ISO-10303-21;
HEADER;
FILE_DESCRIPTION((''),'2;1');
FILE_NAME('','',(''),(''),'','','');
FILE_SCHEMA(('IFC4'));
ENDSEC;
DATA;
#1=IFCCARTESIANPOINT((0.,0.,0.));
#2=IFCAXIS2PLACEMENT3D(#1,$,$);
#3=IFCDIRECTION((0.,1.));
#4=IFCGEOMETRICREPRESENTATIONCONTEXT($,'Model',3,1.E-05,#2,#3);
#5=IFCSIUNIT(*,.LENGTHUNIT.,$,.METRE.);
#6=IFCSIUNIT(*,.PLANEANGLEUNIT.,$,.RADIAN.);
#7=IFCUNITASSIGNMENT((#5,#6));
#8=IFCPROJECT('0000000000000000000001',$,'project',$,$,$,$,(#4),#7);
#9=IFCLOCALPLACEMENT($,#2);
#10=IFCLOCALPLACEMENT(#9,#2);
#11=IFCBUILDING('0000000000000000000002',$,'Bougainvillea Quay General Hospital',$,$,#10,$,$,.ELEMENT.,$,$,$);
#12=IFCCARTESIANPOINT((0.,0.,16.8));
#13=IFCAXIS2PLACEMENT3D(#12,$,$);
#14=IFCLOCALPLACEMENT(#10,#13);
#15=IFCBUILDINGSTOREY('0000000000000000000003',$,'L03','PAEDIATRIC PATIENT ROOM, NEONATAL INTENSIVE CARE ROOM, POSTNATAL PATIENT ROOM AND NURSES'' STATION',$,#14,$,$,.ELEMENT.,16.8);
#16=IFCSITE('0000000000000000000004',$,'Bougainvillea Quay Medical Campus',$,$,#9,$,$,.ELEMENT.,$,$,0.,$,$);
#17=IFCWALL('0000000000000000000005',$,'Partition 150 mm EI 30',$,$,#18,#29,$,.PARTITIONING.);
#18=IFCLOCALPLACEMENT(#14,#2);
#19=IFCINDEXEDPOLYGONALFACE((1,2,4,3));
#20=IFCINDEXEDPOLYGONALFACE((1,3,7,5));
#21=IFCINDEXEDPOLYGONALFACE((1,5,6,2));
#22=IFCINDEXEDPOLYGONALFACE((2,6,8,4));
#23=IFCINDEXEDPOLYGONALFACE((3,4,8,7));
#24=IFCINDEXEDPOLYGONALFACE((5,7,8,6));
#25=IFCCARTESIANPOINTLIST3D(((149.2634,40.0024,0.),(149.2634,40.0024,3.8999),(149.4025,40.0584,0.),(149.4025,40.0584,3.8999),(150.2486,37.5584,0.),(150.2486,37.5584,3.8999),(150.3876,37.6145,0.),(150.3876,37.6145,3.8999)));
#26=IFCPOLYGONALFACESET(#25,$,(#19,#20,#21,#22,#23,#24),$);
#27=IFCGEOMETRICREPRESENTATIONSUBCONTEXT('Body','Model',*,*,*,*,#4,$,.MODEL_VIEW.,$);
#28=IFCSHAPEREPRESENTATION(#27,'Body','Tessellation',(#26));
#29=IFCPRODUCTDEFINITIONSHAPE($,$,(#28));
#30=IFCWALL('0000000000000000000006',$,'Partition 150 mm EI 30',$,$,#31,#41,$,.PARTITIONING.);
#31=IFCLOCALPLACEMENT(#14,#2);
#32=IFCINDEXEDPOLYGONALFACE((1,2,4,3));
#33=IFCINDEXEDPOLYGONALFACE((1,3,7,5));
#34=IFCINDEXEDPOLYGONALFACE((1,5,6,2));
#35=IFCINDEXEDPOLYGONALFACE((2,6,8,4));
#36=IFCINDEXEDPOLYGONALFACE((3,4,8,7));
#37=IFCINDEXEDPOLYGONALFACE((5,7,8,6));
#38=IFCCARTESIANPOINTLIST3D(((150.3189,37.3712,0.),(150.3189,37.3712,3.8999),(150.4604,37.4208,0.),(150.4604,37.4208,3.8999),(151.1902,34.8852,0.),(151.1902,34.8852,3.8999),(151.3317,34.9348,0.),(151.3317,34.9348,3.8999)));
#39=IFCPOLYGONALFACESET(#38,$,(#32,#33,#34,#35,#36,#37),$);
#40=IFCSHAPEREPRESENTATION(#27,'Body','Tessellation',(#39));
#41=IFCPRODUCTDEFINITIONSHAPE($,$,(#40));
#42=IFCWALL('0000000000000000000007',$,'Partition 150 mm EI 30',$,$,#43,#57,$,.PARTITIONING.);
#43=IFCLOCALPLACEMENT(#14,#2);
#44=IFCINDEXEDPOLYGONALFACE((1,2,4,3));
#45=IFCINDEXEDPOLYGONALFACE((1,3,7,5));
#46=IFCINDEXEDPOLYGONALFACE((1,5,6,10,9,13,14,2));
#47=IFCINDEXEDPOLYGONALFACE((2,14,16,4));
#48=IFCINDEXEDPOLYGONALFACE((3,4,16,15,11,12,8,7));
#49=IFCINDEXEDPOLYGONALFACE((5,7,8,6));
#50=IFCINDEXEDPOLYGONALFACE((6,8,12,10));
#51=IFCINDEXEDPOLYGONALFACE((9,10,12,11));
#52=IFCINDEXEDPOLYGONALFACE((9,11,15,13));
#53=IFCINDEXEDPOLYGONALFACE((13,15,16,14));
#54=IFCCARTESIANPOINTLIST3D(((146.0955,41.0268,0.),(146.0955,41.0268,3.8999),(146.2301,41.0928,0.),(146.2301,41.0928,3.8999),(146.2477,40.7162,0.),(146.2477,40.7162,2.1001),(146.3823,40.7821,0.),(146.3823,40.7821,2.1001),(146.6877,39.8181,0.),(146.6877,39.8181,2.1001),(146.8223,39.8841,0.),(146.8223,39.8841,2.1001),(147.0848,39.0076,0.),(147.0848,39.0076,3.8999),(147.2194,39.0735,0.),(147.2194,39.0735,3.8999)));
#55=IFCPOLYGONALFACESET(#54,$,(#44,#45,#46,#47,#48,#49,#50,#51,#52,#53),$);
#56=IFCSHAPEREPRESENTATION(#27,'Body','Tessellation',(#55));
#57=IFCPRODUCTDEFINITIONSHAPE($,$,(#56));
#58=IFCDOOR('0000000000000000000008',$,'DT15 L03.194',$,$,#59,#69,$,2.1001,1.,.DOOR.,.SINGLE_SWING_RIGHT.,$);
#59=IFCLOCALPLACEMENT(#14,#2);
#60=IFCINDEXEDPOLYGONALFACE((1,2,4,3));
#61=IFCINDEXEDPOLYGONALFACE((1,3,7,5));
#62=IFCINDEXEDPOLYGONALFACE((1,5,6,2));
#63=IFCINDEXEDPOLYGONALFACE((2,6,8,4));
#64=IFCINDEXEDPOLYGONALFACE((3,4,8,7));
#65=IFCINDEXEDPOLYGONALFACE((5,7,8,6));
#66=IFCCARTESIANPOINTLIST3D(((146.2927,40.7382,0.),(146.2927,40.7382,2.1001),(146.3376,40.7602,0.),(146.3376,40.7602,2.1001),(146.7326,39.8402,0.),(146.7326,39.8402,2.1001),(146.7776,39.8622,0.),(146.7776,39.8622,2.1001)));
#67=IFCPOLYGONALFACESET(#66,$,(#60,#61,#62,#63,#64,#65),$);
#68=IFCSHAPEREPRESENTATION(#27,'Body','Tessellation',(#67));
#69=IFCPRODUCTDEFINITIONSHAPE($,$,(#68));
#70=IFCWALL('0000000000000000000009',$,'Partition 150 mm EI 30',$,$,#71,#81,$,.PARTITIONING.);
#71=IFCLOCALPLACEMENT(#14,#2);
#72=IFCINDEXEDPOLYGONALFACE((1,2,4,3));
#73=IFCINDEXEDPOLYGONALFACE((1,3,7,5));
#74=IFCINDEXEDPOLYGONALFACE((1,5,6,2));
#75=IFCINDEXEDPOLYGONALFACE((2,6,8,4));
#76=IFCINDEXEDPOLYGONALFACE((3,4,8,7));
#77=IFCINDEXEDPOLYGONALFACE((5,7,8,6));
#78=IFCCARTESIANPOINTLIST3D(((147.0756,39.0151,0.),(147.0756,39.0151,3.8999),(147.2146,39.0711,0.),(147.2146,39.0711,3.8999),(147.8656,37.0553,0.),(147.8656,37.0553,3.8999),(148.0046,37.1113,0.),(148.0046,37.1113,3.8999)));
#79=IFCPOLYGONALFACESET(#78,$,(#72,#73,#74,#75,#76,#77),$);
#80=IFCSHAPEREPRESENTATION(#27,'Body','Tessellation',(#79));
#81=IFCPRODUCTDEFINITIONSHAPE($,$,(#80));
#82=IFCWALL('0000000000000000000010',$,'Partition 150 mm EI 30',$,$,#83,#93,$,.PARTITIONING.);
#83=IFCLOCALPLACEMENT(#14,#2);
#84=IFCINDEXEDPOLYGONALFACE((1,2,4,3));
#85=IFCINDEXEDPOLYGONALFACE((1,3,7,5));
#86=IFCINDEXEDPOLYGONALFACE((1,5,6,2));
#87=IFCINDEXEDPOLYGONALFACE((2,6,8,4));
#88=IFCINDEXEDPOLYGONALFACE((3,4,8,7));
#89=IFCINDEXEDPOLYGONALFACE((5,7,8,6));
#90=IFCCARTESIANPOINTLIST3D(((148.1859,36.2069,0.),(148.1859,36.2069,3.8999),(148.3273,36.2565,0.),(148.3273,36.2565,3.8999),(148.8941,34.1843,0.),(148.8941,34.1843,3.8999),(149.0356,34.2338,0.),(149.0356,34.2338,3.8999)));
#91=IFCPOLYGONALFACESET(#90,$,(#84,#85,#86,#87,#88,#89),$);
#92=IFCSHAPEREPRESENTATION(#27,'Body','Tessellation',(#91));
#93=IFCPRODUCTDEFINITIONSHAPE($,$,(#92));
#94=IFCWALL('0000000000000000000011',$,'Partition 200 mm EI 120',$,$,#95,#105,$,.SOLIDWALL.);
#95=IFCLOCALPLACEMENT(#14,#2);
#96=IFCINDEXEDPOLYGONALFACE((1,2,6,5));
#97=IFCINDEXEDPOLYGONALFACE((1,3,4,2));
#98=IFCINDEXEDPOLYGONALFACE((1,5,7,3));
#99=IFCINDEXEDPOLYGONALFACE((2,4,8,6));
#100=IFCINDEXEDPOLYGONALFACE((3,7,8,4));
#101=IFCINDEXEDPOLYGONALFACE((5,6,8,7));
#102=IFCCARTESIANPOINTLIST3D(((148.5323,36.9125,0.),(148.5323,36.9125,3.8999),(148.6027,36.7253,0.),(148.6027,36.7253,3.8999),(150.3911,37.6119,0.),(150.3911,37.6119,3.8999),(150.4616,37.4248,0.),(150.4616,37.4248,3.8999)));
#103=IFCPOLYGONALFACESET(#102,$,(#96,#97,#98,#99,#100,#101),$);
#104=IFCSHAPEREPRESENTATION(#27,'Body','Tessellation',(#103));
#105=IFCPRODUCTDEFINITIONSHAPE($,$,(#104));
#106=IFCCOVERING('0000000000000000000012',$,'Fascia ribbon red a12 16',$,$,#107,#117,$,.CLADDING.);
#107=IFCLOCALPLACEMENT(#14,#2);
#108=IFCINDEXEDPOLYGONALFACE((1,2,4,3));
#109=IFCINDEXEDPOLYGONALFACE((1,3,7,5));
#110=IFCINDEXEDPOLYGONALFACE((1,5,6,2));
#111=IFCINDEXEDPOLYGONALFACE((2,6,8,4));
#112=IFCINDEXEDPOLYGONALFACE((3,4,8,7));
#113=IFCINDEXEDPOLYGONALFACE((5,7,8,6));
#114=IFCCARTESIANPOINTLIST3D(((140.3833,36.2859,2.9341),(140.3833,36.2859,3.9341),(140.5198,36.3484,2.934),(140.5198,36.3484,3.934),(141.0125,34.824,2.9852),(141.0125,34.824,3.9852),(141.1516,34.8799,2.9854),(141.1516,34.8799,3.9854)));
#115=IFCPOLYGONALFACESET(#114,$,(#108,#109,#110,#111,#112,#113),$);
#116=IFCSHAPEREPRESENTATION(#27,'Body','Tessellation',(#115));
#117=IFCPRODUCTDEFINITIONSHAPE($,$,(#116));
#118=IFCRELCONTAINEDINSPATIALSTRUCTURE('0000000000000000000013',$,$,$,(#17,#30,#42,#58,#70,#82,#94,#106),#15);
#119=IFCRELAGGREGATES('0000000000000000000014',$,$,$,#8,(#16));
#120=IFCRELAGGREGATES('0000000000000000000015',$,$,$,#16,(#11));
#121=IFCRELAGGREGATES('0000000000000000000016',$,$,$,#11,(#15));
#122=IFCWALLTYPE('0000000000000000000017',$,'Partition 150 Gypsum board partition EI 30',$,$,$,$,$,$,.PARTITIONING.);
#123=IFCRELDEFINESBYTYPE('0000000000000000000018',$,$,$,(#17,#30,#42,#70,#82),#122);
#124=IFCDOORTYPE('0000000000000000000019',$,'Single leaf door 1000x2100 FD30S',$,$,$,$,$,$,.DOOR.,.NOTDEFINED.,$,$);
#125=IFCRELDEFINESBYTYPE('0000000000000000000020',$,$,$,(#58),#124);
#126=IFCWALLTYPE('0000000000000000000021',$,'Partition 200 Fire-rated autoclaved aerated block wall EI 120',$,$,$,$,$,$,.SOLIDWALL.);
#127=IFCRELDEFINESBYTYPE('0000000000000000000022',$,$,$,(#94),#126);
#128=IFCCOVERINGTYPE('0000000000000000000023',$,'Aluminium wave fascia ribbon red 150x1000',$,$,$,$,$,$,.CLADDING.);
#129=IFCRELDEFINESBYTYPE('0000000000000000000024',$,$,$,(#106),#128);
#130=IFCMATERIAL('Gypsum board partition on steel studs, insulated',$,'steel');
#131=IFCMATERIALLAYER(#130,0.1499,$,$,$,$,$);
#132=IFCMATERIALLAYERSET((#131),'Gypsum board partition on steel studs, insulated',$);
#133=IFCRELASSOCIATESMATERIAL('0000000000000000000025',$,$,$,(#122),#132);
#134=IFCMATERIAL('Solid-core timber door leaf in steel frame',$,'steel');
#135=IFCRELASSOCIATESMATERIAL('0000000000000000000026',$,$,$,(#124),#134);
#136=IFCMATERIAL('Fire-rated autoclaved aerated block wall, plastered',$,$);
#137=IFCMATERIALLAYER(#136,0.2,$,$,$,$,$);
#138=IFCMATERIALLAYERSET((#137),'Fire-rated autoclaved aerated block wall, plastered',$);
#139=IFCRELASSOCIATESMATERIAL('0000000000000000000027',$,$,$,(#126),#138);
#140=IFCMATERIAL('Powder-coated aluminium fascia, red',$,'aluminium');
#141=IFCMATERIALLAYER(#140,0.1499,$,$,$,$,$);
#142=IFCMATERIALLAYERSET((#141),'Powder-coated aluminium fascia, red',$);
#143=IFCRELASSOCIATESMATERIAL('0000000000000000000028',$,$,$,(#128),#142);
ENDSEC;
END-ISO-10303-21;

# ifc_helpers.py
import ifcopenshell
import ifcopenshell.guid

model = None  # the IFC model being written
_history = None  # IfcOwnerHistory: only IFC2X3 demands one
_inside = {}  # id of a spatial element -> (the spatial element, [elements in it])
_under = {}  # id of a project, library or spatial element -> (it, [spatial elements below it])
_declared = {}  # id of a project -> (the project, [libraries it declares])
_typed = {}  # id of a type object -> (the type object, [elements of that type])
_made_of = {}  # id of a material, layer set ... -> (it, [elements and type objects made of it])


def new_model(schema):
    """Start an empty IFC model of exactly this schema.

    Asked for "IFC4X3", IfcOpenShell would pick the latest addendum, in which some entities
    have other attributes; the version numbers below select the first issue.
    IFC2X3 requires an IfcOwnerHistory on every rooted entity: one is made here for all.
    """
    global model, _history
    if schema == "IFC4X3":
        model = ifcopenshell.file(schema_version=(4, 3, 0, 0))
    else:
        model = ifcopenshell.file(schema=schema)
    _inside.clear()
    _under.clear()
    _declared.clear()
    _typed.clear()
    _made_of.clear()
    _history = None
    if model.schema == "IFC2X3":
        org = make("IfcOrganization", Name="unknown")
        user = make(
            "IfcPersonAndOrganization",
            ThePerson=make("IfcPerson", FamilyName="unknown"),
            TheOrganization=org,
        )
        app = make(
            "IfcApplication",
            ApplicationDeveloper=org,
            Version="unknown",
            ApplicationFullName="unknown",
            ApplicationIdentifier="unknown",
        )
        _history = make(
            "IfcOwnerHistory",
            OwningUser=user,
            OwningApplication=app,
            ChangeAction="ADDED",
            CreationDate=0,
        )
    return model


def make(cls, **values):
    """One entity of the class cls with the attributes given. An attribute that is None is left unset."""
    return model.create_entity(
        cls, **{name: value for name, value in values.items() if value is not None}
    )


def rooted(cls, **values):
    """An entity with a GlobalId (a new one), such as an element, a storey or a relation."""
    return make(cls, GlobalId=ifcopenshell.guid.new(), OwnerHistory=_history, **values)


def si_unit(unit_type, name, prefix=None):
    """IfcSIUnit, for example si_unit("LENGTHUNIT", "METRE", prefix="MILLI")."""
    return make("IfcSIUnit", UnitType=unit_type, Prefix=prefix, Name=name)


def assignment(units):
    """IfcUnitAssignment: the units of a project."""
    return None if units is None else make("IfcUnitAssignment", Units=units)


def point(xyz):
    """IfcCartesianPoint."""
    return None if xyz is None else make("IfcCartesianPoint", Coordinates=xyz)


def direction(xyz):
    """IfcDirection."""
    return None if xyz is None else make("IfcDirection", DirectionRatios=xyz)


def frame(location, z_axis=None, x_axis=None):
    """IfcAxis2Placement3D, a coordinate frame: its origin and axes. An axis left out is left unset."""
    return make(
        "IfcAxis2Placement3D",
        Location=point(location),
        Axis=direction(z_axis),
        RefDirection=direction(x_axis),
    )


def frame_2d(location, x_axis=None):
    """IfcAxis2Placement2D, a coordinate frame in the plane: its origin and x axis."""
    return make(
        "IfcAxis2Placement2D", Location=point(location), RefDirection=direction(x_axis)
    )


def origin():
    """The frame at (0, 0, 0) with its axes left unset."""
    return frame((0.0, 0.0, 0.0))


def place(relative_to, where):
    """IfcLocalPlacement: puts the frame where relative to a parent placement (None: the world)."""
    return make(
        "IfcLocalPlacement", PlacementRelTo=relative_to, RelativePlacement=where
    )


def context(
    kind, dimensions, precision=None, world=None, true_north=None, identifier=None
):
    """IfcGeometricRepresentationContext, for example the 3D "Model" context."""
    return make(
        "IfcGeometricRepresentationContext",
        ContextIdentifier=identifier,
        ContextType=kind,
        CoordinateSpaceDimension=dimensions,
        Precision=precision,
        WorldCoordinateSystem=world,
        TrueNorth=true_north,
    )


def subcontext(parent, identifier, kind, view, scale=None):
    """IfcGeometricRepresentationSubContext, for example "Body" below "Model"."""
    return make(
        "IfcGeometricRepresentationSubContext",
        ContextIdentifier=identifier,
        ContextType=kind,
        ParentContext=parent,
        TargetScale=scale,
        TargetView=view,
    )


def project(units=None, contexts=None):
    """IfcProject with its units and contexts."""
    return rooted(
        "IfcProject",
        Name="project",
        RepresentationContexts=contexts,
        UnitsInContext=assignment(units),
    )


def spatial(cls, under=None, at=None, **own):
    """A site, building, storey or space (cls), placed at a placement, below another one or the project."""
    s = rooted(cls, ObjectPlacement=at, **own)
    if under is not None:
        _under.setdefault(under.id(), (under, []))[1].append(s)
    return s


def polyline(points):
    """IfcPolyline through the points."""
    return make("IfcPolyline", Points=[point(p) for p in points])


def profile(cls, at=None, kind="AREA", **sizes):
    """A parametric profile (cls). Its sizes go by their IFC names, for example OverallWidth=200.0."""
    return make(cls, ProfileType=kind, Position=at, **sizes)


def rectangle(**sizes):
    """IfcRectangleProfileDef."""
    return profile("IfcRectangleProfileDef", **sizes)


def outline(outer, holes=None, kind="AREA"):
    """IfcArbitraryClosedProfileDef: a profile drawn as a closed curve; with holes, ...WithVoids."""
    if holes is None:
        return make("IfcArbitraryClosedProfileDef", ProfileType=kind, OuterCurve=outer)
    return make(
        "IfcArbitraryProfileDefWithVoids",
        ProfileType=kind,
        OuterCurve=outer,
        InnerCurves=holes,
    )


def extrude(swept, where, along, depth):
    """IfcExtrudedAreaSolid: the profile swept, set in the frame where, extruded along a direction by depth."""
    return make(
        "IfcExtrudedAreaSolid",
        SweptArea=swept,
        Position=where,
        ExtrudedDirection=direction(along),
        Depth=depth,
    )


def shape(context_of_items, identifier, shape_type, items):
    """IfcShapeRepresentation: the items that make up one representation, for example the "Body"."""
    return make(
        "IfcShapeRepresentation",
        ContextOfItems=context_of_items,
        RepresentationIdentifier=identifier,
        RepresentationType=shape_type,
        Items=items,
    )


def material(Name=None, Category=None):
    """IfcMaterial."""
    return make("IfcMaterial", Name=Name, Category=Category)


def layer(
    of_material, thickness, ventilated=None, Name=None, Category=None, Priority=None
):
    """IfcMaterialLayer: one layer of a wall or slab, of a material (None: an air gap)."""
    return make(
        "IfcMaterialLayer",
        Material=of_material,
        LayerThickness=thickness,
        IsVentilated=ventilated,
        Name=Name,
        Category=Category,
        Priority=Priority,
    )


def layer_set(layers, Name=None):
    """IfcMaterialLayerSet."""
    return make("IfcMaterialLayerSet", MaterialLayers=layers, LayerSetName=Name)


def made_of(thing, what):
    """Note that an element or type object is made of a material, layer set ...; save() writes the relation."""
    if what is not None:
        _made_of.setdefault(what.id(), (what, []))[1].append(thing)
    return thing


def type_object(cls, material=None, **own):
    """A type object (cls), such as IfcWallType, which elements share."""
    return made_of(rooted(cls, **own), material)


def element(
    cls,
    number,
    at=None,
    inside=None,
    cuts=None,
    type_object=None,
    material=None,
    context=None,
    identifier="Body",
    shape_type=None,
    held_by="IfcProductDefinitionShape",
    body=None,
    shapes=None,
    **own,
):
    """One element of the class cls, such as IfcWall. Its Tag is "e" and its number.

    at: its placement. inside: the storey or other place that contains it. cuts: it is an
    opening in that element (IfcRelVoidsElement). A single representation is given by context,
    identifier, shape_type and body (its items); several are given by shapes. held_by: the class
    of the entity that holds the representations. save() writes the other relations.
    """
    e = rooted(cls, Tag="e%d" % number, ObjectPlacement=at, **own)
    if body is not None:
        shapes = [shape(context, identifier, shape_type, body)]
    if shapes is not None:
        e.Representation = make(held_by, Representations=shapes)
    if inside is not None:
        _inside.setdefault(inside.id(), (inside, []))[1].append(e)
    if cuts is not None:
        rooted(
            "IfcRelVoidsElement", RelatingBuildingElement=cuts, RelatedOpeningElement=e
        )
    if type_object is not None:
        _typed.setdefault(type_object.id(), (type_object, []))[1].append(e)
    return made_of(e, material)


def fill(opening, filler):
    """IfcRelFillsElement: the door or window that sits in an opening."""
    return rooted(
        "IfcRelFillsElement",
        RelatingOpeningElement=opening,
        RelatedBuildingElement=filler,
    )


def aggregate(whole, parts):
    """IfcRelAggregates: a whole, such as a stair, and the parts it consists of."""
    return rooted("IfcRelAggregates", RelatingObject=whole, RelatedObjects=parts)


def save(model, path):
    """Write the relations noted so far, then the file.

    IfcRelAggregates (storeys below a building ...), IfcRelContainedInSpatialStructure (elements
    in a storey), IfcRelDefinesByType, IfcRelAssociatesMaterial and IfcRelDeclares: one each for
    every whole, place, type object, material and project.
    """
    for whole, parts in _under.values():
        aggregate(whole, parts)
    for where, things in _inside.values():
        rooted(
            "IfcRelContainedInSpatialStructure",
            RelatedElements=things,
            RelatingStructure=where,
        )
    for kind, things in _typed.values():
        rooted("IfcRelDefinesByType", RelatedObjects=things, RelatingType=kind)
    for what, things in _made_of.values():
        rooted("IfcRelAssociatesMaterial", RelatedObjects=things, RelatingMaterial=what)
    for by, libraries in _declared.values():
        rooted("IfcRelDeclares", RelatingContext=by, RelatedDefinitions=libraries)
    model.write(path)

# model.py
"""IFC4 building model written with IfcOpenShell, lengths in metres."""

from ifc_helpers import new_model, si_unit, direction, frame, frame_2d, origin, place, context, subcontext, project, spatial, polyline, rectangle, outline, extrude, material, layer, layer_set, type_object, element, fill, save


model = new_model("IFC4")

# Units and contexts
model_context = context("Model", 3, precision=1e-05, world=origin(), true_north=direction((0.0, 1.0)))
body_context = subcontext(model_context, "Body", "Model", "MODEL_VIEW")
ifc_project = project(units=[si_unit("LENGTHUNIT", "METRE"), si_unit("PLANEANGLEUNIT", "RADIAN")], contexts=[model_context])

# Site, building, storey
site_placement = place(None, origin())
site = spatial("IfcSite", under=ifc_project, at=site_placement, Name="Bougainvillea Quay Medical Campus", CompositionType="ELEMENT", RefElevation=0.0)
building_placement = place(site_placement, origin())
building = spatial("IfcBuilding", under=site, at=building_placement, Name="Bougainvillea Quay General Hospital", CompositionType="ELEMENT")
storey_placement = place(building_placement, frame((0.0, 0.0, 16.8)))
storey = spatial("IfcBuildingStorey", under=building, at=storey_placement, Name="L03", Description="PAEDIATRIC PATIENT ROOM, NEONATAL INTENSIVE CARE ROOM, POSTNATAL PATIENT ROOM AND NURSES' STATION", CompositionType="ELEMENT", Elevation=16.8)

# Walls
ifc_material_1 = material(Name="Gypsum board partition on steel studs, insulated", Category="steel")
ifc_layer_1 = layer(ifc_material_1, 0.1499)
ifc_layer_set_1 = layer_set([ifc_layer_1], Name="Gypsum board partition on steel studs, insulated")
wall_type_1 = type_object("IfcWallType", Name="Partition 150 Gypsum board partition EI 30", PredefinedType="PARTITIONING", material=ifc_layer_set_1)
wall_1_placement = place(storey_placement, frame((149.333, 40.0303, 0.0), z_axis=(0.0, 0.0, 1.0), x_axis=(0.373865, -0.927483, 0.0)))
element("IfcWall", 1, at=wall_1_placement, inside=storey, type_object=wall_type_1, Name="Partition 150 mm EI 30", PredefinedType="PARTITIONING", context=body_context, shape_type="SweptSolid", body=[
    extrude(rectangle(XDim=2.635, YDim=0.1499, at=frame_2d((1.3174, 0.0))), origin(), (0.0, 0.0, 1.0), 3.8999),
])
wall_2_placement = place(storey_placement, frame((150.3896, 37.396, 0.0), z_axis=(0.0, 0.0, 1.0), x_axis=(0.330759, -0.943715, 0.0)))
element("IfcWall", 2, at=wall_2_placement, inside=storey, type_object=wall_type_1, Name="Partition 150 mm EI 30", PredefinedType="PARTITIONING", context=body_context, shape_type="SweptSolid", body=[
    extrude(rectangle(XDim=2.6343, YDim=0.1499, at=frame_2d((1.3171, 0.0))), origin(), (0.0, 0.0, 1.0), 3.8999),
])

# Wall, opening, door
wall_3_placement = place(storey_placement, frame((146.1628, 41.0598, 0.0), z_axis=(0.0, 0.0, 1.0), x_axis=(0.439946, -0.898024, 0.0)))
wall_3 = element("IfcWall", 3, at=wall_3_placement, inside=storey, type_object=wall_type_1, Name="Partition 150 mm EI 30", PredefinedType="PARTITIONING", context=body_context, shape_type="SweptSolid", body=[
    extrude(rectangle(XDim=2.2485, YDim=0.1499, at=frame_2d((1.1243, 0.0))), origin(), (0.0, 0.0, 1.0), 3.8999),
])
opening_placement = place(wall_3_placement, frame((0.3459, 0.0, 0.0)))
opening = element("IfcOpeningElement", 4, at=opening_placement, cuts=wall_3, PredefinedType="OPENING", context=body_context, shape_type="SweptSolid", body=[
    extrude(rectangle(XDim=1.0, YDim=2.1001, at=frame_2d((0.5, 1.05))), frame((0.0, 0.085, 0.0), z_axis=(0.0, -1.0, 0.0), x_axis=(1.0, 0.0, 0.0)), (0.0, 0.0, 1.0), 0.1699),
])
ifc_material_2 = material(Name="Solid-core timber door leaf in steel frame", Category="steel")
door_type = type_object("IfcDoorType", Name="Single leaf door 1000x2100 FD30S", OperationType="NOTDEFINED", PredefinedType="DOOR", material=ifc_material_2)
door_placement = place(opening_placement, frame((1.0, 0.0, 0.0), z_axis=(0.0, 0.0, 1.0), x_axis=(-1.0, 0.0, 0.0)))
door = element("IfcDoor", 5, at=door_placement, inside=storey, type_object=door_type, Name="DT15 L03.194", OperationType="SINGLE_SWING_RIGHT", OverallHeight=2.1001, OverallWidth=1.0, PredefinedType="DOOR", context=body_context, shape_type="SweptSolid", body=[
    extrude(rectangle(XDim=1.0, YDim=2.1001, at=frame_2d((0.5, 1.05))), frame((0.0, 0.0249, 0.0), z_axis=(0.0, -1.0, 0.0), x_axis=(1.0, 0.0, 0.0)), (0.0, 0.0, 1.0), 0.05),
])
fill(opening, door)

# Walls
wall_4_placement = place(storey_placement, frame((147.145, 39.0432, 0.0), z_axis=(0.0, 0.0, 1.0), x_axis=(0.373899, -0.927469, 0.0)))
element("IfcWall", 6, at=wall_4_placement, inside=storey, type_object=wall_type_1, Name="Partition 150 mm EI 30", PredefinedType="PARTITIONING", context=body_context, shape_type="SweptSolid", body=[
    extrude(rectangle(XDim=2.113, YDim=0.1499, at=frame_2d((1.0566, 0.0))), origin(), (0.0, 0.0, 1.0), 3.8999),
])
wall_5_placement = place(storey_placement, frame((148.2566, 36.2317, 0.0), z_axis=(0.0, 0.0, 1.0), x_axis=(0.330477, -0.943814, 0.0)))
element("IfcWall", 7, at=wall_5_placement, inside=storey, type_object=wall_type_1, Name="Partition 150 mm EI 30", PredefinedType="PARTITIONING", context=body_context, shape_type="SweptSolid", body=[
    extrude(rectangle(XDim=2.1431, YDim=0.1499, at=frame_2d((1.0715, 0.0))), origin(), (0.0, 0.0, 1.0), 3.8999),
])
ifc_material_3 = material(Name="Fire-rated autoclaved aerated block wall, plastered")
ifc_layer_2 = layer(ifc_material_3, 0.2)
ifc_layer_set_2 = layer_set([ifc_layer_2], Name="Fire-rated autoclaved aerated block wall, plastered")
wall_type_2 = type_object("IfcWallType", Name="Partition 200 Fire-rated autoclaved aerated block wall EI 120", PredefinedType="SOLIDWALL", material=ifc_layer_set_2)
wall_6_placement = place(storey_placement, frame((148.5674, 36.8188, 0.0), z_axis=(0.0, 0.0, 1.0), x_axis=(0.935935, 0.352174, 0.0)))
element("IfcWall", 8, at=wall_6_placement, inside=storey, type_object=wall_type_2, Name="Partition 200 mm EI 120", PredefinedType="SOLIDWALL", context=body_context, shape_type="SweptSolid", body=[
    extrude(rectangle(XDim=1.9861, YDim=0.2, at=frame_2d((0.9932, 0.0))), origin(), (0.0, 0.0, 1.0), 3.8999),
])

# Covering
ifc_material_4 = material(Name="Powder-coated aluminium fascia, red", Category="aluminium")
ifc_layer_3 = layer(ifc_material_4, 0.1499)
ifc_layer_set_3 = layer_set([ifc_layer_3], Name="Powder-coated aluminium fascia, red")
covering_type = type_object("IfcCoveringType", Name="Aluminium wave fascia ribbon red 150x1000", PredefinedType="CLADDING", material=ifc_layer_set_3)
covering_placement = place(storey_placement, frame((140.3833, 36.2859, 2.9341), z_axis=(-0.01268, 0.029517, 0.999484), x_axis=(0.395103, -0.918075, 0.032125)))
element("IfcCovering", 9, at=covering_placement, inside=storey, type_object=covering_type, Name="Fascia ribbon red a12 16", PredefinedType="CLADDING", context=body_context, shape_type="SweptSolid", body=[
    extrude(outline(polyline([(0.0, 0.0), (1.5924, 0.0), (1.596, 0.1499), (-0.0035, 0.1501), (0.0, 0.0)])), origin(), (0.032125, -0.000021, 0.999484), 1.0),
])

save(model, "model.ifc")
